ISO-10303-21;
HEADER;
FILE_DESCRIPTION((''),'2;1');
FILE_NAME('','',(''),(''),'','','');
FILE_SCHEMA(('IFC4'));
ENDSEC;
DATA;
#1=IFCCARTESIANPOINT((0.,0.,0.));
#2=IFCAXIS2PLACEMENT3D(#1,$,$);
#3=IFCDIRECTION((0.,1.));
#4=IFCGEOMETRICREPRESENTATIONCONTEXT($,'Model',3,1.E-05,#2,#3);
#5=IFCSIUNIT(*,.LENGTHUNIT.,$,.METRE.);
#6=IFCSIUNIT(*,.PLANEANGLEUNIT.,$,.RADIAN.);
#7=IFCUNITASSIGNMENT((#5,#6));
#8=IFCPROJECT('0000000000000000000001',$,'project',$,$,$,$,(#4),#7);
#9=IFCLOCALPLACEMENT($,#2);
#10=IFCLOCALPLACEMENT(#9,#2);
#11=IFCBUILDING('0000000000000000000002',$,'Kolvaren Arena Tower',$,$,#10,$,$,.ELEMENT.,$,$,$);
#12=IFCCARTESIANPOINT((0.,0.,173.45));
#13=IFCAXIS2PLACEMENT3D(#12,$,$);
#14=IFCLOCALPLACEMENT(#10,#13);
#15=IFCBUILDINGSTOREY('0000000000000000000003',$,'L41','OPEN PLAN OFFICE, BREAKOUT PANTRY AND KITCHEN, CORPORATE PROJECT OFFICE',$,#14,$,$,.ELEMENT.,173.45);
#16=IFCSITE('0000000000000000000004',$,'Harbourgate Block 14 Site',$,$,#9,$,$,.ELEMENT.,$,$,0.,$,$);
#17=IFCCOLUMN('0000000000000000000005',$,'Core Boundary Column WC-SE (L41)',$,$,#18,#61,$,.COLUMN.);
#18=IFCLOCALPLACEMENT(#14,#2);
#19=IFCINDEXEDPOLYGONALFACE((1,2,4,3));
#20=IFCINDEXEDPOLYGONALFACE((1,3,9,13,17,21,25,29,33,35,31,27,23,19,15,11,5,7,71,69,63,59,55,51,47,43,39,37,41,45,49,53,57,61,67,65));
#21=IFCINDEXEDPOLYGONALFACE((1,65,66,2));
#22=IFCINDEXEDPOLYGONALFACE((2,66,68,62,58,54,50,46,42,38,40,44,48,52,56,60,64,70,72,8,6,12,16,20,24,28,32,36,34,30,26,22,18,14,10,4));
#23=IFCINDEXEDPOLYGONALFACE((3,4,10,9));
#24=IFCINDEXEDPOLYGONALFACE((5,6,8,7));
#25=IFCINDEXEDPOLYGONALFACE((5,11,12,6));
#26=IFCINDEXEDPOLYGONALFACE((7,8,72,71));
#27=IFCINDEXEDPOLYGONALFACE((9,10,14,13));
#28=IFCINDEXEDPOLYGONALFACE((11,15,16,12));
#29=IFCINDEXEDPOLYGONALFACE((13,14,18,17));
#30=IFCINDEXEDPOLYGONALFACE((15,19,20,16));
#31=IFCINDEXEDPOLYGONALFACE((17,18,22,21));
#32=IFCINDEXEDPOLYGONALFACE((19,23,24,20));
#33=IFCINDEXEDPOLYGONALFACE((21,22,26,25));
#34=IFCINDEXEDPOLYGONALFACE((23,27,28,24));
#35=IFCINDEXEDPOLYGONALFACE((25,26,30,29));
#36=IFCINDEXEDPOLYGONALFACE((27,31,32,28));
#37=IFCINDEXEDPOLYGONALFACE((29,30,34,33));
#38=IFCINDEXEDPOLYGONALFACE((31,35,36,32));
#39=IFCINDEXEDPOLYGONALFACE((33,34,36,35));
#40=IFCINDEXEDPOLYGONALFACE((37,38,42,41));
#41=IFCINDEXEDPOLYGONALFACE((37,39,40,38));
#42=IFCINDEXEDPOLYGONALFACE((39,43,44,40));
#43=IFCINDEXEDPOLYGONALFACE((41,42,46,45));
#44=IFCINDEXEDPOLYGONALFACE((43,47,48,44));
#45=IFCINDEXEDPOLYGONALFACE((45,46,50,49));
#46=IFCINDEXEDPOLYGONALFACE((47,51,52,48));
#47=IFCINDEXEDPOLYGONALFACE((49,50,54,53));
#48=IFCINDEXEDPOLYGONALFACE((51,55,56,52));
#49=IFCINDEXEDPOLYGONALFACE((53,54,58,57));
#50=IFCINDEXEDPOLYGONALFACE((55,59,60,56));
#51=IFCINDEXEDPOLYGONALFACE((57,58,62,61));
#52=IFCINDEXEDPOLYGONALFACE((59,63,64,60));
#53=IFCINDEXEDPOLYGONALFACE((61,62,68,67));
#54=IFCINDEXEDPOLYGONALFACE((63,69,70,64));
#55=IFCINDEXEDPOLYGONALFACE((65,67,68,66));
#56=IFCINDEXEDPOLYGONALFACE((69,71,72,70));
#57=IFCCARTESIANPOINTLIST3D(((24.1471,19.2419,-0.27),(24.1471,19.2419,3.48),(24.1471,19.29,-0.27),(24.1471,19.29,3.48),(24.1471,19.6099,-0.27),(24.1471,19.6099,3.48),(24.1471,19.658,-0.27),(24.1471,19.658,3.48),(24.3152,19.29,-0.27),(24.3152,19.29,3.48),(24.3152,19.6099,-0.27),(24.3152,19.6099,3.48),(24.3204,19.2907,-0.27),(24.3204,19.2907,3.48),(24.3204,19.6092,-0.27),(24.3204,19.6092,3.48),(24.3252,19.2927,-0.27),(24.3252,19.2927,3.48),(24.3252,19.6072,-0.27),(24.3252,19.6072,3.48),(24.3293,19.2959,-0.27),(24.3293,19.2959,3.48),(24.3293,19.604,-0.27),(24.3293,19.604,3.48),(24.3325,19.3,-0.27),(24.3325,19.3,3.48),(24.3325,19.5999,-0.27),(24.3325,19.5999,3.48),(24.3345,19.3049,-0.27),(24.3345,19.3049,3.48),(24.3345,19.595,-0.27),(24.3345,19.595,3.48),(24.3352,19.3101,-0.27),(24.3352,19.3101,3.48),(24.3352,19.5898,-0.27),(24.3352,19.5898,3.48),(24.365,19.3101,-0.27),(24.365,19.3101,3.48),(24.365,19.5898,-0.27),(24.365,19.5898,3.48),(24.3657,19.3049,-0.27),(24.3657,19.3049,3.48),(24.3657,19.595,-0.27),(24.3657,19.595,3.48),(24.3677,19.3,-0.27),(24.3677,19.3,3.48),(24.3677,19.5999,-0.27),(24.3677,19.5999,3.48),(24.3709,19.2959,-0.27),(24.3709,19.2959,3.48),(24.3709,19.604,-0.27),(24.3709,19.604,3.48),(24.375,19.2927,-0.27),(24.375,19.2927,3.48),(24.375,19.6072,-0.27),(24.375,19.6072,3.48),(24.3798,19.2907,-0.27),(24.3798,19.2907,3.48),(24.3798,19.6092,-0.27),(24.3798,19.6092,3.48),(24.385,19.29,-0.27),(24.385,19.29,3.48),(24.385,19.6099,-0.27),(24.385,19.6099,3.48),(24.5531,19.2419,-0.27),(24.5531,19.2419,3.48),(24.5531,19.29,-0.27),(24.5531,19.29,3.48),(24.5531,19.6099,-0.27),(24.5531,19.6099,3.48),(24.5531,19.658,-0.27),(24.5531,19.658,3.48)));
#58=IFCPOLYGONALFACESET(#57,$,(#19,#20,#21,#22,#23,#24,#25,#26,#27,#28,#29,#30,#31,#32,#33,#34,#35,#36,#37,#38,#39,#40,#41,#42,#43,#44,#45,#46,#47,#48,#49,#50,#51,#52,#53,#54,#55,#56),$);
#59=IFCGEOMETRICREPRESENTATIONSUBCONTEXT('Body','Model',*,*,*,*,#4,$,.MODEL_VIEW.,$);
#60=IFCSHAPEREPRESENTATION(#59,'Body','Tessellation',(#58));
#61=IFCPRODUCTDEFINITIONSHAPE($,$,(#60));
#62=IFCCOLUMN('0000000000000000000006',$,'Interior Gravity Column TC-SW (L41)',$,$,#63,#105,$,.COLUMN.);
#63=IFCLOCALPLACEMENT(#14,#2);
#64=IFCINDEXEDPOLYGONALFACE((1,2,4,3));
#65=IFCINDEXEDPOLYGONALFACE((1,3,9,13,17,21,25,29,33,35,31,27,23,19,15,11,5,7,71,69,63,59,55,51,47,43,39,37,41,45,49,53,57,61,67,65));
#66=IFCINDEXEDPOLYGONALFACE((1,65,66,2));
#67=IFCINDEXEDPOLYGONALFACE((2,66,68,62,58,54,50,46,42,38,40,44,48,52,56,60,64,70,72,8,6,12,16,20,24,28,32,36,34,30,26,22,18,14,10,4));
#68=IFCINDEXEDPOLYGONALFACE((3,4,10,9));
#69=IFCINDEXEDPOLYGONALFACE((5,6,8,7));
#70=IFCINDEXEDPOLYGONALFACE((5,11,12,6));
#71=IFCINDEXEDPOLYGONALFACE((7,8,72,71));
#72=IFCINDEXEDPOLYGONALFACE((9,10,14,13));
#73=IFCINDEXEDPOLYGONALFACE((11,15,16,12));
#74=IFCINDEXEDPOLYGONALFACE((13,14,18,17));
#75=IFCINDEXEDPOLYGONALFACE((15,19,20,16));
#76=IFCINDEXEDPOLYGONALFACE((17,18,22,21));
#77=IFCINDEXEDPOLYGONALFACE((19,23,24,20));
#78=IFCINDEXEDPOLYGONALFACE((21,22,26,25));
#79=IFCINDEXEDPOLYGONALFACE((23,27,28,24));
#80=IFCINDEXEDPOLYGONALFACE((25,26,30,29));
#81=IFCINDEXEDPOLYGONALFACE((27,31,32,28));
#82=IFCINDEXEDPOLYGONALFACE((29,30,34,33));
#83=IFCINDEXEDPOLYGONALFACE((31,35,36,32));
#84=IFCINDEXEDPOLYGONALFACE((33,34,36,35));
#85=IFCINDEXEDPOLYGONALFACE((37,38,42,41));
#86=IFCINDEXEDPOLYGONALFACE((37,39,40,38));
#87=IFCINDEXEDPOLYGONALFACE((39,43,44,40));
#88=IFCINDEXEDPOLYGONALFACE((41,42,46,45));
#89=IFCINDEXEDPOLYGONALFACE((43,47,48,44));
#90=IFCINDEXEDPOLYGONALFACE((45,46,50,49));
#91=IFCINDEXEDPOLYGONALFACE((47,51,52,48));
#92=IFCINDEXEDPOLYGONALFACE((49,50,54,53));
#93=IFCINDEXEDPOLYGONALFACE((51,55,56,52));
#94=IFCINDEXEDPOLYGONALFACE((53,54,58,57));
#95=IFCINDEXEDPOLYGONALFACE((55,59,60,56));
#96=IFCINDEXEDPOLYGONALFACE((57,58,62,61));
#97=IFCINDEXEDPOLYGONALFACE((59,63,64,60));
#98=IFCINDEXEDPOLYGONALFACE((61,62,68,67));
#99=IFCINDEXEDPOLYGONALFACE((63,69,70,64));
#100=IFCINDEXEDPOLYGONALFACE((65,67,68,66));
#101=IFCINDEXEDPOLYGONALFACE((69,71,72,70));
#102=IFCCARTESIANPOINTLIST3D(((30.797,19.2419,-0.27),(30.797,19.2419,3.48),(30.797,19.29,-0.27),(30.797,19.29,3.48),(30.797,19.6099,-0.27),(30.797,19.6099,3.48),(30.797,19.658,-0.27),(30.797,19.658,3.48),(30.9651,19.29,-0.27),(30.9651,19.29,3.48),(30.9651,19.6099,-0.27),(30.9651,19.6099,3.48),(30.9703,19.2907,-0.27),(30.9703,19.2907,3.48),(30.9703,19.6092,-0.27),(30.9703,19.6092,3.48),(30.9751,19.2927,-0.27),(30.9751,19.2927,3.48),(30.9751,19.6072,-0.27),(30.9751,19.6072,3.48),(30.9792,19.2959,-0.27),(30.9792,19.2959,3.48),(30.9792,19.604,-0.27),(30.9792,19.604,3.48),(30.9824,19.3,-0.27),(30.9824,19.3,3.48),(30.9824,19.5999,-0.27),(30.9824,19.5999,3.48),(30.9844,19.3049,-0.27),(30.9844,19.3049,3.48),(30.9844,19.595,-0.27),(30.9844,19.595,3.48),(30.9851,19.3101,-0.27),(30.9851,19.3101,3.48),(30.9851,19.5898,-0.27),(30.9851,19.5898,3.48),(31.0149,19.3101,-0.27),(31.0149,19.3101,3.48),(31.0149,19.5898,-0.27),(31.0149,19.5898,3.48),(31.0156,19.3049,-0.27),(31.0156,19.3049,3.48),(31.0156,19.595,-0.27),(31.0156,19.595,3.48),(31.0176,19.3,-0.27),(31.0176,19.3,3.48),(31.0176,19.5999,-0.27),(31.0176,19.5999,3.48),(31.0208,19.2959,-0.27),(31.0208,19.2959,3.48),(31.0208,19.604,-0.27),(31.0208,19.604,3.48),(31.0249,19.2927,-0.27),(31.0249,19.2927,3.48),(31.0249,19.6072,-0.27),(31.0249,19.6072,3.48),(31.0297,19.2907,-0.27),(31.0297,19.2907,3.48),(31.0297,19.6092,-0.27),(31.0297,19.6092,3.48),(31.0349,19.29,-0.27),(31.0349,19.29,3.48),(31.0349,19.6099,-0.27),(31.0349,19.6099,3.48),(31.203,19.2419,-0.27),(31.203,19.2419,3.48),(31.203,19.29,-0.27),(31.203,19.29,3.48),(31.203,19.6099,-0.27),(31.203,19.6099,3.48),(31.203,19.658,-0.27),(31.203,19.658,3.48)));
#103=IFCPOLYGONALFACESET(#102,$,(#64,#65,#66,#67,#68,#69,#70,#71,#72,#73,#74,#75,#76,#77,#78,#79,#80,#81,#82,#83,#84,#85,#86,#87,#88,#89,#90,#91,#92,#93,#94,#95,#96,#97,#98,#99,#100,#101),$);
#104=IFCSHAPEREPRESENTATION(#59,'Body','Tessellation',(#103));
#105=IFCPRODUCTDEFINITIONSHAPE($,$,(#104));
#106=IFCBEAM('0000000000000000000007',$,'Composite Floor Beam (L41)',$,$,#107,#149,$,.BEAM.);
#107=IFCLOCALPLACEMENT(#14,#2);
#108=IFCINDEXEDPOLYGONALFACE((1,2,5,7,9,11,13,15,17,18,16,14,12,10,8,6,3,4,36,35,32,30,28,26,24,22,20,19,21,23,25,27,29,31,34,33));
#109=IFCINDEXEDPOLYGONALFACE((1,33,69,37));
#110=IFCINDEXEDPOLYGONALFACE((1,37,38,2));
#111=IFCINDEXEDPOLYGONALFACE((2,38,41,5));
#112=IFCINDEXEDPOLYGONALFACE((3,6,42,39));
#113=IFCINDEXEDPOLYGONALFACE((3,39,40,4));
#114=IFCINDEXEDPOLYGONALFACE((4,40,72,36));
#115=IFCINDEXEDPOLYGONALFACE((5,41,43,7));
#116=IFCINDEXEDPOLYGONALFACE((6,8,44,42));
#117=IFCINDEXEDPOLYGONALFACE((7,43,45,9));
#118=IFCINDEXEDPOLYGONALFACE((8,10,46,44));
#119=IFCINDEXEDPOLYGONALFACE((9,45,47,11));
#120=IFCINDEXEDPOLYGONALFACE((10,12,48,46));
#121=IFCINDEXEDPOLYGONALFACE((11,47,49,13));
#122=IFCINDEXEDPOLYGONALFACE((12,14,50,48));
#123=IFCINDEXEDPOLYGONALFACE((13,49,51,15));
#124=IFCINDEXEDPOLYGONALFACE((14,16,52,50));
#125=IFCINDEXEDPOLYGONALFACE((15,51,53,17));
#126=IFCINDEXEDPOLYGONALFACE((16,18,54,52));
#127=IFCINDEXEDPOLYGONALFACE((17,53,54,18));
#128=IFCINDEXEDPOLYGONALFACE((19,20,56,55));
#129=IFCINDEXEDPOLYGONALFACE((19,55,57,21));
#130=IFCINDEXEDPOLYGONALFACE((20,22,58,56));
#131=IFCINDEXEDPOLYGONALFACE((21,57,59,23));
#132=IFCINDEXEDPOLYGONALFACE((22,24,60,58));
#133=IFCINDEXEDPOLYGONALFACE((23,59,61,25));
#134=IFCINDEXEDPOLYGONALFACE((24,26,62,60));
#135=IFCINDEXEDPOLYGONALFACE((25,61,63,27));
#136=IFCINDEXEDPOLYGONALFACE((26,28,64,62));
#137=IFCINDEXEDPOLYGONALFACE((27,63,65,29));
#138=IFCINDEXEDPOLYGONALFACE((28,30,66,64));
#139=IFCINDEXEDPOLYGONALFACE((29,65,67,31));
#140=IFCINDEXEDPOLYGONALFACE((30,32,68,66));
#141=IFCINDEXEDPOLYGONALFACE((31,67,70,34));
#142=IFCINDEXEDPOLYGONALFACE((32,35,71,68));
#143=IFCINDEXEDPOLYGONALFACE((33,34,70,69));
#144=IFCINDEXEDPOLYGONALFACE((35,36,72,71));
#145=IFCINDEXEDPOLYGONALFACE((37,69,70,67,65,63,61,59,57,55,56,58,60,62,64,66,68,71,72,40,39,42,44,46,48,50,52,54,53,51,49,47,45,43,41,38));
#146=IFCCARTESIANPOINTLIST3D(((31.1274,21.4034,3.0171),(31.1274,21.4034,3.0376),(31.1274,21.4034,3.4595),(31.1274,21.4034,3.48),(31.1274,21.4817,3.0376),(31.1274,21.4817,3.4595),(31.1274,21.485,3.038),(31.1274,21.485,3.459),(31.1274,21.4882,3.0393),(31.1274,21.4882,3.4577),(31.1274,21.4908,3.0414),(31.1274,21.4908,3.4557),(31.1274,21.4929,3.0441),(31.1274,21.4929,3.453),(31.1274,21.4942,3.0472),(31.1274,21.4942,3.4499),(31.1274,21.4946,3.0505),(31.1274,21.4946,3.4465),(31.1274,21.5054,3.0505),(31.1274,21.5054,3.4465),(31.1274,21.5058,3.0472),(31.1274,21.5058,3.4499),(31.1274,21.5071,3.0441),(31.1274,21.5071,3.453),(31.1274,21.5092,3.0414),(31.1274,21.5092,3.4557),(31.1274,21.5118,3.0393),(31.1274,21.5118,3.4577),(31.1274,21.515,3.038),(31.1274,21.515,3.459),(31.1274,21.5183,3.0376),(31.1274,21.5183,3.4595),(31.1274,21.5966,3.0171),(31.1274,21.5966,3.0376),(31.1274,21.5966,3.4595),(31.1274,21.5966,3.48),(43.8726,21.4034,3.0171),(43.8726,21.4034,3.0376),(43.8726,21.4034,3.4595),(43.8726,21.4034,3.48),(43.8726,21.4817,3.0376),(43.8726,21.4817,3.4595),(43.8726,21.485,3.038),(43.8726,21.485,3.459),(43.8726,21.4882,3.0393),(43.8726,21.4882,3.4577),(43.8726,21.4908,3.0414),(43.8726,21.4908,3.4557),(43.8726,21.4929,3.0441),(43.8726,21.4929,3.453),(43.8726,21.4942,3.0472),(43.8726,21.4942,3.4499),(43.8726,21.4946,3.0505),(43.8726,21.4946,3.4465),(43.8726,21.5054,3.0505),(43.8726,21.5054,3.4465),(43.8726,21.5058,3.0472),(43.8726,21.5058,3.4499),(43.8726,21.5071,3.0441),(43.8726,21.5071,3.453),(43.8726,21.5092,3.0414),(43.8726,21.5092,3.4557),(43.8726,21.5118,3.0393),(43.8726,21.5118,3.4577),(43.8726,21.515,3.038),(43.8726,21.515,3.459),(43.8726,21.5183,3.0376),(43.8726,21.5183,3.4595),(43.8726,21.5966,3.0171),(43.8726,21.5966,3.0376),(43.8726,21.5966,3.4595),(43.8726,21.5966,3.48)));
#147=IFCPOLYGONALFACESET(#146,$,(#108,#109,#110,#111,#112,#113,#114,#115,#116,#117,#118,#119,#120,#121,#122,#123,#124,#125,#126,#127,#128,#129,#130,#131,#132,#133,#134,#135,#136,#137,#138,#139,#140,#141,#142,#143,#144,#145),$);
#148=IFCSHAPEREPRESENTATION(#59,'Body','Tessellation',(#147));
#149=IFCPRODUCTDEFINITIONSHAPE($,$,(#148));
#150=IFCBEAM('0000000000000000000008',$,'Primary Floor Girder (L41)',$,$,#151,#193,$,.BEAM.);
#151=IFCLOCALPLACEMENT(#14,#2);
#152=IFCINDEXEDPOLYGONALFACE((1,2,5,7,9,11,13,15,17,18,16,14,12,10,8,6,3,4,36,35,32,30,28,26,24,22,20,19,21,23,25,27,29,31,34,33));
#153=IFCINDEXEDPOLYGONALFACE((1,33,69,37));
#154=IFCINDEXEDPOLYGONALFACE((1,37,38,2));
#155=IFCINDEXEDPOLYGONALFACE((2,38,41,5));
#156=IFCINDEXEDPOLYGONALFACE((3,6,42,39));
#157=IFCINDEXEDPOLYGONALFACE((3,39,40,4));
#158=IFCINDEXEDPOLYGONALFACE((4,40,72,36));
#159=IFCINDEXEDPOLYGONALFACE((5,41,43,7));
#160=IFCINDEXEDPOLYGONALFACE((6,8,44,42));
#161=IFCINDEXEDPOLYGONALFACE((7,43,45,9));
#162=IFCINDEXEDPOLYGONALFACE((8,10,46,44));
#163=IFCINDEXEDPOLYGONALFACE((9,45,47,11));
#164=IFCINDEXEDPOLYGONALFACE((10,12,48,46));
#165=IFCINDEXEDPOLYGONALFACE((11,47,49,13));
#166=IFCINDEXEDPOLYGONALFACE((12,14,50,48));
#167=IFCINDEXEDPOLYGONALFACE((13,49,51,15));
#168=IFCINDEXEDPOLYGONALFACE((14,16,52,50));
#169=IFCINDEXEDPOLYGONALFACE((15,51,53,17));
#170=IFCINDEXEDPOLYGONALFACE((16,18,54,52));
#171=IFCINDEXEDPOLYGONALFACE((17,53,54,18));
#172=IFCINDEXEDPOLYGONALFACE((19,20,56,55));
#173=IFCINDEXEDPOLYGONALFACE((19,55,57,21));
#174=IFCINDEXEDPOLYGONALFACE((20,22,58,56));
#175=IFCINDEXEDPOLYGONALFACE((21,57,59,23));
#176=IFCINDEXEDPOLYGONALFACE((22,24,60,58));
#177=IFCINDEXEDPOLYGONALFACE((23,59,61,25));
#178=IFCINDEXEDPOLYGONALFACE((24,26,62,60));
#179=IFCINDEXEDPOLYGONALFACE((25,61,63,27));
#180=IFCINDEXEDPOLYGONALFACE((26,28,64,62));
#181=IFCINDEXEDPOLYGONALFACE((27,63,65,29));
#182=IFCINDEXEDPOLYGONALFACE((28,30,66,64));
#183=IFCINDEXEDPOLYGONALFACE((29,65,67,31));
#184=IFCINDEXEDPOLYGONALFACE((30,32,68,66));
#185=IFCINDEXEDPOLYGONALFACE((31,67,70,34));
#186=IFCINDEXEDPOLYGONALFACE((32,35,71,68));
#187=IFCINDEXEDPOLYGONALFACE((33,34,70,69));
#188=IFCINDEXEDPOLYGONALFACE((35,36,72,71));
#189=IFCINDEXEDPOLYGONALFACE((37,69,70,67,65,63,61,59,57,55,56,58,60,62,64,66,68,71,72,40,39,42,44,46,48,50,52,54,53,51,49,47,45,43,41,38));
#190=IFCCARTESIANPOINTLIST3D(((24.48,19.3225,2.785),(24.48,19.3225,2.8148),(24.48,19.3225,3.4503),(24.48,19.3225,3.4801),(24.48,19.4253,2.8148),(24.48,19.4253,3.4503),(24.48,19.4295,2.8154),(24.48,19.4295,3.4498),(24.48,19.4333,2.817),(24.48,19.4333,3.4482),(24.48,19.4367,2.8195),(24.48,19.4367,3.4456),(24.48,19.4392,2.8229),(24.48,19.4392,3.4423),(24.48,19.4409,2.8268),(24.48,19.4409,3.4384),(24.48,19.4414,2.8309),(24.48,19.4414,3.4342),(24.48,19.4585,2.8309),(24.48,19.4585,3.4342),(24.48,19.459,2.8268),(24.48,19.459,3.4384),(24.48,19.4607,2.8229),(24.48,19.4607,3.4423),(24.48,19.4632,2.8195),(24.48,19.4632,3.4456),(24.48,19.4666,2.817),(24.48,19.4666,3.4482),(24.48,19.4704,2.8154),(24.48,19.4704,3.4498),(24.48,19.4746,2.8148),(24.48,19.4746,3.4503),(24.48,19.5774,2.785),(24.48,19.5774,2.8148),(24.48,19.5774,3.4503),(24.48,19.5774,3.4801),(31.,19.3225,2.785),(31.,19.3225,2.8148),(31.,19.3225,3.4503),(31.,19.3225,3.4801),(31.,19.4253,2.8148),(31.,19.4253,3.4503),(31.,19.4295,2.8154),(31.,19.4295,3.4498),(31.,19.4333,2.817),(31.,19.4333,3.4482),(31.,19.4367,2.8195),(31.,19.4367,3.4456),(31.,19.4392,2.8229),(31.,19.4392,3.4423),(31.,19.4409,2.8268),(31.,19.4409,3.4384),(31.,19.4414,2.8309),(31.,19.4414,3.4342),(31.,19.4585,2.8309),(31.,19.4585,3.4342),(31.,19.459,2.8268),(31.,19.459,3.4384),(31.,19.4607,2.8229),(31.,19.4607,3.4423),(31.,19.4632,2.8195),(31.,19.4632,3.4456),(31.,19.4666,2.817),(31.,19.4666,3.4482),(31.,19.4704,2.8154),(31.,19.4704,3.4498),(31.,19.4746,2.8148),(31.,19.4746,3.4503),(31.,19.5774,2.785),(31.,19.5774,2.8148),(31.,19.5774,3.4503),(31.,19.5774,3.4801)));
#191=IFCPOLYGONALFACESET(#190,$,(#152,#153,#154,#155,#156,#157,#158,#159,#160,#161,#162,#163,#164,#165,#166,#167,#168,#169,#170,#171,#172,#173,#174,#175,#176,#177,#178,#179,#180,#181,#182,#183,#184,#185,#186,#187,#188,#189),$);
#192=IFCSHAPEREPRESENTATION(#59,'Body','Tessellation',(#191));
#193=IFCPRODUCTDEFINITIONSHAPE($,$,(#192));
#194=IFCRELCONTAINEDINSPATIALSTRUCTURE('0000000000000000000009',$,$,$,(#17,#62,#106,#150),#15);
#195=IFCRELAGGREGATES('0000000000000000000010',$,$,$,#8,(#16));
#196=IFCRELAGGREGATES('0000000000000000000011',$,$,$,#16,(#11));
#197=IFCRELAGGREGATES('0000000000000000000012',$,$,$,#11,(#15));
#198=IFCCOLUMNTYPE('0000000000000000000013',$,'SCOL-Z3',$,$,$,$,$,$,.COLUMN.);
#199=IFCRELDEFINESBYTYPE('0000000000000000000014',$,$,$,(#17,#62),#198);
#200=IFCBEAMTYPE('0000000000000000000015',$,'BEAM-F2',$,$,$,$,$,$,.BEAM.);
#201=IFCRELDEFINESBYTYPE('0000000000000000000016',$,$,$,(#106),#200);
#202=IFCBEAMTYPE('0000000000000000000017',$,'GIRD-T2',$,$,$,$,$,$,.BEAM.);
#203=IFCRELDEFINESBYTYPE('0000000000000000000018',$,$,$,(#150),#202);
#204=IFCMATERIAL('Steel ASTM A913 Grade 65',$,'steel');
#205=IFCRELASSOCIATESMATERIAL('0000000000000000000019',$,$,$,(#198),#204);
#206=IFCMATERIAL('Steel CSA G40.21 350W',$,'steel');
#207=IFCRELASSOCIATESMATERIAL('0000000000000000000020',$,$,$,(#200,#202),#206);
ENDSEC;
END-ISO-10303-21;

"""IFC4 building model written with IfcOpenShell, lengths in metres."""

from ifc_helpers import new_model, si_unit, direction, frame, origin, origin_2d, place, context, subcontext, project, spatial, i_section, extrude, material, material_profile, profile_set, type_object, element, save


model = new_model("IFC4")

# Units and contexts
model_context = context("Model", 3, precision=1e-05, world=origin(), true_north=direction((0.0, 1.0)))
body_context = subcontext(model_context, "Body", "Model", "MODEL_VIEW")
ifc_project = project(units=[si_unit("LENGTHUNIT", "METRE"), si_unit("PLANEANGLEUNIT", "RADIAN")], contexts=[model_context])

# Site, building, storey
site_placement = place(None, origin())
site = spatial("IfcSite", under=ifc_project, at=site_placement, Name="Harbourgate Block 14 Site", CompositionType="ELEMENT", RefElevation=0.0)
building_placement = place(site_placement, origin())
building = spatial("IfcBuilding", under=site, at=building_placement, Name="Kolvaren Arena Tower", CompositionType="ELEMENT")
storey_placement = place(building_placement, frame((0.0, 0.0, 173.45)))
storey = spatial("IfcBuildingStorey", under=building, at=storey_placement, Name="L41", Description="OPEN PLAN OFFICE, BREAKOUT PANTRY AND KITCHEN, CORPORATE PROJECT OFFICE", CompositionType="ELEMENT", Elevation=173.45)

# Columns
ifc_material_1 = material(Name="Steel ASTM A913 Grade 65", Category="steel")
ifc_material_profile_1 = material_profile(ifc_material_1, i_section(OverallWidth=0.406, OverallDepth=0.416, WebThickness=0.0298, FlangeThickness=0.0481, FilletRadius=0.02, at=origin_2d()), Name="W360x382")
ifc_profile_set_1 = profile_set([ifc_material_profile_1], Name="Steel ASTM A913 Grade 65")
column_type = type_object("IfcColumnType", Name="SCOL-Z3", PredefinedType="COLUMN", material=ifc_profile_set_1)
for number, where, z_axis, x_axis, name in (
    (1, (24.3501, 19.45, -0.27), (0.0, 0.0, 1.0), (1.0, 0.0, 0.0), "Core Boundary Column WC-SE (L41)"),
    (2, (31.0, 19.45, -0.27), (0.0, 0.0, 1.0), (1.0, 0.0, 0.0), "Interior Gravity Column TC-SW (L41)"),
):
    element("IfcColumn", number, at=place(storey_placement, frame(where, z_axis=z_axis, x_axis=x_axis)), inside=storey, type_object=column_type, Name=name, PredefinedType="COLUMN", context=body_context, shape_type="SweptSolid", body=[
        extrude(i_section(OverallWidth=0.406, OverallDepth=0.416, WebThickness=0.0298, FlangeThickness=0.0481, FilletRadius=0.02, at=origin_2d()), origin(), (0.0, 0.0, 1.0), 3.75),
    ])

# Beams
ifc_material_2 = material(Name="Steel CSA G40.21 350W", Category="steel")
ifc_material_profile_2 = material_profile(ifc_material_2, i_section(OverallWidth=0.1931, OverallDepth=0.4629, WebThickness=0.0107, FlangeThickness=0.0205, FilletRadius=0.0129, at=origin_2d()), Name="W460x113")
ifc_profile_set_2 = profile_set([ifc_material_profile_2], Name="Steel CSA G40.21 350W")
beam_type_1 = type_object("IfcBeamType", Name="BEAM-F2", PredefinedType="BEAM", material=ifc_profile_set_2)
beam_1_placement = place(storey_placement, frame((31.1274, 21.5, 3.2485), z_axis=(1.0, 0.0, 0.0), x_axis=(0.0, 1.0, 0.0)))
element("IfcBeam", 3, at=beam_1_placement, inside=storey, type_object=beam_type_1, Name="Composite Floor Beam (L41)", PredefinedType="BEAM", context=body_context, shape_type="SweptSolid", body=[
    extrude(i_section(OverallWidth=0.1931, OverallDepth=0.4629, WebThickness=0.0107, FlangeThickness=0.0205, FilletRadius=0.0129, at=origin_2d()), origin(), (0.0, 0.0, 1.0), 12.7451),
])
ifc_material_profile_3 = material_profile(ifc_material_2, i_section(OverallWidth=0.2549, OverallDepth=0.6951, WebThickness=0.0171, FlangeThickness=0.0298, FilletRadius=0.0161, at=origin_2d()), Name="W690x217")
ifc_profile_set_3 = profile_set([ifc_material_profile_3], Name="Steel CSA G40.21 350W")
beam_type_2 = type_object("IfcBeamType", Name="GIRD-T2", PredefinedType="BEAM", material=ifc_profile_set_3)
beam_2_placement = place(storey_placement, frame((24.48, 19.45, 3.1326), z_axis=(1.0, 0.0, 0.0), x_axis=(0.0, 1.0, 0.0)))
element("IfcBeam", 4, at=beam_2_placement, inside=storey, type_object=beam_type_2, Name="Primary Floor Girder (L41)", PredefinedType="BEAM", context=body_context, shape_type="SweptSolid", body=[
    extrude(i_section(OverallWidth=0.2549, OverallDepth=0.6951, WebThickness=0.0171, FlangeThickness=0.0298, FilletRadius=0.0161, at=origin_2d()), origin(), (0.0, 0.0, 1.0), 6.52),
])

save(model, "model.ifc")
